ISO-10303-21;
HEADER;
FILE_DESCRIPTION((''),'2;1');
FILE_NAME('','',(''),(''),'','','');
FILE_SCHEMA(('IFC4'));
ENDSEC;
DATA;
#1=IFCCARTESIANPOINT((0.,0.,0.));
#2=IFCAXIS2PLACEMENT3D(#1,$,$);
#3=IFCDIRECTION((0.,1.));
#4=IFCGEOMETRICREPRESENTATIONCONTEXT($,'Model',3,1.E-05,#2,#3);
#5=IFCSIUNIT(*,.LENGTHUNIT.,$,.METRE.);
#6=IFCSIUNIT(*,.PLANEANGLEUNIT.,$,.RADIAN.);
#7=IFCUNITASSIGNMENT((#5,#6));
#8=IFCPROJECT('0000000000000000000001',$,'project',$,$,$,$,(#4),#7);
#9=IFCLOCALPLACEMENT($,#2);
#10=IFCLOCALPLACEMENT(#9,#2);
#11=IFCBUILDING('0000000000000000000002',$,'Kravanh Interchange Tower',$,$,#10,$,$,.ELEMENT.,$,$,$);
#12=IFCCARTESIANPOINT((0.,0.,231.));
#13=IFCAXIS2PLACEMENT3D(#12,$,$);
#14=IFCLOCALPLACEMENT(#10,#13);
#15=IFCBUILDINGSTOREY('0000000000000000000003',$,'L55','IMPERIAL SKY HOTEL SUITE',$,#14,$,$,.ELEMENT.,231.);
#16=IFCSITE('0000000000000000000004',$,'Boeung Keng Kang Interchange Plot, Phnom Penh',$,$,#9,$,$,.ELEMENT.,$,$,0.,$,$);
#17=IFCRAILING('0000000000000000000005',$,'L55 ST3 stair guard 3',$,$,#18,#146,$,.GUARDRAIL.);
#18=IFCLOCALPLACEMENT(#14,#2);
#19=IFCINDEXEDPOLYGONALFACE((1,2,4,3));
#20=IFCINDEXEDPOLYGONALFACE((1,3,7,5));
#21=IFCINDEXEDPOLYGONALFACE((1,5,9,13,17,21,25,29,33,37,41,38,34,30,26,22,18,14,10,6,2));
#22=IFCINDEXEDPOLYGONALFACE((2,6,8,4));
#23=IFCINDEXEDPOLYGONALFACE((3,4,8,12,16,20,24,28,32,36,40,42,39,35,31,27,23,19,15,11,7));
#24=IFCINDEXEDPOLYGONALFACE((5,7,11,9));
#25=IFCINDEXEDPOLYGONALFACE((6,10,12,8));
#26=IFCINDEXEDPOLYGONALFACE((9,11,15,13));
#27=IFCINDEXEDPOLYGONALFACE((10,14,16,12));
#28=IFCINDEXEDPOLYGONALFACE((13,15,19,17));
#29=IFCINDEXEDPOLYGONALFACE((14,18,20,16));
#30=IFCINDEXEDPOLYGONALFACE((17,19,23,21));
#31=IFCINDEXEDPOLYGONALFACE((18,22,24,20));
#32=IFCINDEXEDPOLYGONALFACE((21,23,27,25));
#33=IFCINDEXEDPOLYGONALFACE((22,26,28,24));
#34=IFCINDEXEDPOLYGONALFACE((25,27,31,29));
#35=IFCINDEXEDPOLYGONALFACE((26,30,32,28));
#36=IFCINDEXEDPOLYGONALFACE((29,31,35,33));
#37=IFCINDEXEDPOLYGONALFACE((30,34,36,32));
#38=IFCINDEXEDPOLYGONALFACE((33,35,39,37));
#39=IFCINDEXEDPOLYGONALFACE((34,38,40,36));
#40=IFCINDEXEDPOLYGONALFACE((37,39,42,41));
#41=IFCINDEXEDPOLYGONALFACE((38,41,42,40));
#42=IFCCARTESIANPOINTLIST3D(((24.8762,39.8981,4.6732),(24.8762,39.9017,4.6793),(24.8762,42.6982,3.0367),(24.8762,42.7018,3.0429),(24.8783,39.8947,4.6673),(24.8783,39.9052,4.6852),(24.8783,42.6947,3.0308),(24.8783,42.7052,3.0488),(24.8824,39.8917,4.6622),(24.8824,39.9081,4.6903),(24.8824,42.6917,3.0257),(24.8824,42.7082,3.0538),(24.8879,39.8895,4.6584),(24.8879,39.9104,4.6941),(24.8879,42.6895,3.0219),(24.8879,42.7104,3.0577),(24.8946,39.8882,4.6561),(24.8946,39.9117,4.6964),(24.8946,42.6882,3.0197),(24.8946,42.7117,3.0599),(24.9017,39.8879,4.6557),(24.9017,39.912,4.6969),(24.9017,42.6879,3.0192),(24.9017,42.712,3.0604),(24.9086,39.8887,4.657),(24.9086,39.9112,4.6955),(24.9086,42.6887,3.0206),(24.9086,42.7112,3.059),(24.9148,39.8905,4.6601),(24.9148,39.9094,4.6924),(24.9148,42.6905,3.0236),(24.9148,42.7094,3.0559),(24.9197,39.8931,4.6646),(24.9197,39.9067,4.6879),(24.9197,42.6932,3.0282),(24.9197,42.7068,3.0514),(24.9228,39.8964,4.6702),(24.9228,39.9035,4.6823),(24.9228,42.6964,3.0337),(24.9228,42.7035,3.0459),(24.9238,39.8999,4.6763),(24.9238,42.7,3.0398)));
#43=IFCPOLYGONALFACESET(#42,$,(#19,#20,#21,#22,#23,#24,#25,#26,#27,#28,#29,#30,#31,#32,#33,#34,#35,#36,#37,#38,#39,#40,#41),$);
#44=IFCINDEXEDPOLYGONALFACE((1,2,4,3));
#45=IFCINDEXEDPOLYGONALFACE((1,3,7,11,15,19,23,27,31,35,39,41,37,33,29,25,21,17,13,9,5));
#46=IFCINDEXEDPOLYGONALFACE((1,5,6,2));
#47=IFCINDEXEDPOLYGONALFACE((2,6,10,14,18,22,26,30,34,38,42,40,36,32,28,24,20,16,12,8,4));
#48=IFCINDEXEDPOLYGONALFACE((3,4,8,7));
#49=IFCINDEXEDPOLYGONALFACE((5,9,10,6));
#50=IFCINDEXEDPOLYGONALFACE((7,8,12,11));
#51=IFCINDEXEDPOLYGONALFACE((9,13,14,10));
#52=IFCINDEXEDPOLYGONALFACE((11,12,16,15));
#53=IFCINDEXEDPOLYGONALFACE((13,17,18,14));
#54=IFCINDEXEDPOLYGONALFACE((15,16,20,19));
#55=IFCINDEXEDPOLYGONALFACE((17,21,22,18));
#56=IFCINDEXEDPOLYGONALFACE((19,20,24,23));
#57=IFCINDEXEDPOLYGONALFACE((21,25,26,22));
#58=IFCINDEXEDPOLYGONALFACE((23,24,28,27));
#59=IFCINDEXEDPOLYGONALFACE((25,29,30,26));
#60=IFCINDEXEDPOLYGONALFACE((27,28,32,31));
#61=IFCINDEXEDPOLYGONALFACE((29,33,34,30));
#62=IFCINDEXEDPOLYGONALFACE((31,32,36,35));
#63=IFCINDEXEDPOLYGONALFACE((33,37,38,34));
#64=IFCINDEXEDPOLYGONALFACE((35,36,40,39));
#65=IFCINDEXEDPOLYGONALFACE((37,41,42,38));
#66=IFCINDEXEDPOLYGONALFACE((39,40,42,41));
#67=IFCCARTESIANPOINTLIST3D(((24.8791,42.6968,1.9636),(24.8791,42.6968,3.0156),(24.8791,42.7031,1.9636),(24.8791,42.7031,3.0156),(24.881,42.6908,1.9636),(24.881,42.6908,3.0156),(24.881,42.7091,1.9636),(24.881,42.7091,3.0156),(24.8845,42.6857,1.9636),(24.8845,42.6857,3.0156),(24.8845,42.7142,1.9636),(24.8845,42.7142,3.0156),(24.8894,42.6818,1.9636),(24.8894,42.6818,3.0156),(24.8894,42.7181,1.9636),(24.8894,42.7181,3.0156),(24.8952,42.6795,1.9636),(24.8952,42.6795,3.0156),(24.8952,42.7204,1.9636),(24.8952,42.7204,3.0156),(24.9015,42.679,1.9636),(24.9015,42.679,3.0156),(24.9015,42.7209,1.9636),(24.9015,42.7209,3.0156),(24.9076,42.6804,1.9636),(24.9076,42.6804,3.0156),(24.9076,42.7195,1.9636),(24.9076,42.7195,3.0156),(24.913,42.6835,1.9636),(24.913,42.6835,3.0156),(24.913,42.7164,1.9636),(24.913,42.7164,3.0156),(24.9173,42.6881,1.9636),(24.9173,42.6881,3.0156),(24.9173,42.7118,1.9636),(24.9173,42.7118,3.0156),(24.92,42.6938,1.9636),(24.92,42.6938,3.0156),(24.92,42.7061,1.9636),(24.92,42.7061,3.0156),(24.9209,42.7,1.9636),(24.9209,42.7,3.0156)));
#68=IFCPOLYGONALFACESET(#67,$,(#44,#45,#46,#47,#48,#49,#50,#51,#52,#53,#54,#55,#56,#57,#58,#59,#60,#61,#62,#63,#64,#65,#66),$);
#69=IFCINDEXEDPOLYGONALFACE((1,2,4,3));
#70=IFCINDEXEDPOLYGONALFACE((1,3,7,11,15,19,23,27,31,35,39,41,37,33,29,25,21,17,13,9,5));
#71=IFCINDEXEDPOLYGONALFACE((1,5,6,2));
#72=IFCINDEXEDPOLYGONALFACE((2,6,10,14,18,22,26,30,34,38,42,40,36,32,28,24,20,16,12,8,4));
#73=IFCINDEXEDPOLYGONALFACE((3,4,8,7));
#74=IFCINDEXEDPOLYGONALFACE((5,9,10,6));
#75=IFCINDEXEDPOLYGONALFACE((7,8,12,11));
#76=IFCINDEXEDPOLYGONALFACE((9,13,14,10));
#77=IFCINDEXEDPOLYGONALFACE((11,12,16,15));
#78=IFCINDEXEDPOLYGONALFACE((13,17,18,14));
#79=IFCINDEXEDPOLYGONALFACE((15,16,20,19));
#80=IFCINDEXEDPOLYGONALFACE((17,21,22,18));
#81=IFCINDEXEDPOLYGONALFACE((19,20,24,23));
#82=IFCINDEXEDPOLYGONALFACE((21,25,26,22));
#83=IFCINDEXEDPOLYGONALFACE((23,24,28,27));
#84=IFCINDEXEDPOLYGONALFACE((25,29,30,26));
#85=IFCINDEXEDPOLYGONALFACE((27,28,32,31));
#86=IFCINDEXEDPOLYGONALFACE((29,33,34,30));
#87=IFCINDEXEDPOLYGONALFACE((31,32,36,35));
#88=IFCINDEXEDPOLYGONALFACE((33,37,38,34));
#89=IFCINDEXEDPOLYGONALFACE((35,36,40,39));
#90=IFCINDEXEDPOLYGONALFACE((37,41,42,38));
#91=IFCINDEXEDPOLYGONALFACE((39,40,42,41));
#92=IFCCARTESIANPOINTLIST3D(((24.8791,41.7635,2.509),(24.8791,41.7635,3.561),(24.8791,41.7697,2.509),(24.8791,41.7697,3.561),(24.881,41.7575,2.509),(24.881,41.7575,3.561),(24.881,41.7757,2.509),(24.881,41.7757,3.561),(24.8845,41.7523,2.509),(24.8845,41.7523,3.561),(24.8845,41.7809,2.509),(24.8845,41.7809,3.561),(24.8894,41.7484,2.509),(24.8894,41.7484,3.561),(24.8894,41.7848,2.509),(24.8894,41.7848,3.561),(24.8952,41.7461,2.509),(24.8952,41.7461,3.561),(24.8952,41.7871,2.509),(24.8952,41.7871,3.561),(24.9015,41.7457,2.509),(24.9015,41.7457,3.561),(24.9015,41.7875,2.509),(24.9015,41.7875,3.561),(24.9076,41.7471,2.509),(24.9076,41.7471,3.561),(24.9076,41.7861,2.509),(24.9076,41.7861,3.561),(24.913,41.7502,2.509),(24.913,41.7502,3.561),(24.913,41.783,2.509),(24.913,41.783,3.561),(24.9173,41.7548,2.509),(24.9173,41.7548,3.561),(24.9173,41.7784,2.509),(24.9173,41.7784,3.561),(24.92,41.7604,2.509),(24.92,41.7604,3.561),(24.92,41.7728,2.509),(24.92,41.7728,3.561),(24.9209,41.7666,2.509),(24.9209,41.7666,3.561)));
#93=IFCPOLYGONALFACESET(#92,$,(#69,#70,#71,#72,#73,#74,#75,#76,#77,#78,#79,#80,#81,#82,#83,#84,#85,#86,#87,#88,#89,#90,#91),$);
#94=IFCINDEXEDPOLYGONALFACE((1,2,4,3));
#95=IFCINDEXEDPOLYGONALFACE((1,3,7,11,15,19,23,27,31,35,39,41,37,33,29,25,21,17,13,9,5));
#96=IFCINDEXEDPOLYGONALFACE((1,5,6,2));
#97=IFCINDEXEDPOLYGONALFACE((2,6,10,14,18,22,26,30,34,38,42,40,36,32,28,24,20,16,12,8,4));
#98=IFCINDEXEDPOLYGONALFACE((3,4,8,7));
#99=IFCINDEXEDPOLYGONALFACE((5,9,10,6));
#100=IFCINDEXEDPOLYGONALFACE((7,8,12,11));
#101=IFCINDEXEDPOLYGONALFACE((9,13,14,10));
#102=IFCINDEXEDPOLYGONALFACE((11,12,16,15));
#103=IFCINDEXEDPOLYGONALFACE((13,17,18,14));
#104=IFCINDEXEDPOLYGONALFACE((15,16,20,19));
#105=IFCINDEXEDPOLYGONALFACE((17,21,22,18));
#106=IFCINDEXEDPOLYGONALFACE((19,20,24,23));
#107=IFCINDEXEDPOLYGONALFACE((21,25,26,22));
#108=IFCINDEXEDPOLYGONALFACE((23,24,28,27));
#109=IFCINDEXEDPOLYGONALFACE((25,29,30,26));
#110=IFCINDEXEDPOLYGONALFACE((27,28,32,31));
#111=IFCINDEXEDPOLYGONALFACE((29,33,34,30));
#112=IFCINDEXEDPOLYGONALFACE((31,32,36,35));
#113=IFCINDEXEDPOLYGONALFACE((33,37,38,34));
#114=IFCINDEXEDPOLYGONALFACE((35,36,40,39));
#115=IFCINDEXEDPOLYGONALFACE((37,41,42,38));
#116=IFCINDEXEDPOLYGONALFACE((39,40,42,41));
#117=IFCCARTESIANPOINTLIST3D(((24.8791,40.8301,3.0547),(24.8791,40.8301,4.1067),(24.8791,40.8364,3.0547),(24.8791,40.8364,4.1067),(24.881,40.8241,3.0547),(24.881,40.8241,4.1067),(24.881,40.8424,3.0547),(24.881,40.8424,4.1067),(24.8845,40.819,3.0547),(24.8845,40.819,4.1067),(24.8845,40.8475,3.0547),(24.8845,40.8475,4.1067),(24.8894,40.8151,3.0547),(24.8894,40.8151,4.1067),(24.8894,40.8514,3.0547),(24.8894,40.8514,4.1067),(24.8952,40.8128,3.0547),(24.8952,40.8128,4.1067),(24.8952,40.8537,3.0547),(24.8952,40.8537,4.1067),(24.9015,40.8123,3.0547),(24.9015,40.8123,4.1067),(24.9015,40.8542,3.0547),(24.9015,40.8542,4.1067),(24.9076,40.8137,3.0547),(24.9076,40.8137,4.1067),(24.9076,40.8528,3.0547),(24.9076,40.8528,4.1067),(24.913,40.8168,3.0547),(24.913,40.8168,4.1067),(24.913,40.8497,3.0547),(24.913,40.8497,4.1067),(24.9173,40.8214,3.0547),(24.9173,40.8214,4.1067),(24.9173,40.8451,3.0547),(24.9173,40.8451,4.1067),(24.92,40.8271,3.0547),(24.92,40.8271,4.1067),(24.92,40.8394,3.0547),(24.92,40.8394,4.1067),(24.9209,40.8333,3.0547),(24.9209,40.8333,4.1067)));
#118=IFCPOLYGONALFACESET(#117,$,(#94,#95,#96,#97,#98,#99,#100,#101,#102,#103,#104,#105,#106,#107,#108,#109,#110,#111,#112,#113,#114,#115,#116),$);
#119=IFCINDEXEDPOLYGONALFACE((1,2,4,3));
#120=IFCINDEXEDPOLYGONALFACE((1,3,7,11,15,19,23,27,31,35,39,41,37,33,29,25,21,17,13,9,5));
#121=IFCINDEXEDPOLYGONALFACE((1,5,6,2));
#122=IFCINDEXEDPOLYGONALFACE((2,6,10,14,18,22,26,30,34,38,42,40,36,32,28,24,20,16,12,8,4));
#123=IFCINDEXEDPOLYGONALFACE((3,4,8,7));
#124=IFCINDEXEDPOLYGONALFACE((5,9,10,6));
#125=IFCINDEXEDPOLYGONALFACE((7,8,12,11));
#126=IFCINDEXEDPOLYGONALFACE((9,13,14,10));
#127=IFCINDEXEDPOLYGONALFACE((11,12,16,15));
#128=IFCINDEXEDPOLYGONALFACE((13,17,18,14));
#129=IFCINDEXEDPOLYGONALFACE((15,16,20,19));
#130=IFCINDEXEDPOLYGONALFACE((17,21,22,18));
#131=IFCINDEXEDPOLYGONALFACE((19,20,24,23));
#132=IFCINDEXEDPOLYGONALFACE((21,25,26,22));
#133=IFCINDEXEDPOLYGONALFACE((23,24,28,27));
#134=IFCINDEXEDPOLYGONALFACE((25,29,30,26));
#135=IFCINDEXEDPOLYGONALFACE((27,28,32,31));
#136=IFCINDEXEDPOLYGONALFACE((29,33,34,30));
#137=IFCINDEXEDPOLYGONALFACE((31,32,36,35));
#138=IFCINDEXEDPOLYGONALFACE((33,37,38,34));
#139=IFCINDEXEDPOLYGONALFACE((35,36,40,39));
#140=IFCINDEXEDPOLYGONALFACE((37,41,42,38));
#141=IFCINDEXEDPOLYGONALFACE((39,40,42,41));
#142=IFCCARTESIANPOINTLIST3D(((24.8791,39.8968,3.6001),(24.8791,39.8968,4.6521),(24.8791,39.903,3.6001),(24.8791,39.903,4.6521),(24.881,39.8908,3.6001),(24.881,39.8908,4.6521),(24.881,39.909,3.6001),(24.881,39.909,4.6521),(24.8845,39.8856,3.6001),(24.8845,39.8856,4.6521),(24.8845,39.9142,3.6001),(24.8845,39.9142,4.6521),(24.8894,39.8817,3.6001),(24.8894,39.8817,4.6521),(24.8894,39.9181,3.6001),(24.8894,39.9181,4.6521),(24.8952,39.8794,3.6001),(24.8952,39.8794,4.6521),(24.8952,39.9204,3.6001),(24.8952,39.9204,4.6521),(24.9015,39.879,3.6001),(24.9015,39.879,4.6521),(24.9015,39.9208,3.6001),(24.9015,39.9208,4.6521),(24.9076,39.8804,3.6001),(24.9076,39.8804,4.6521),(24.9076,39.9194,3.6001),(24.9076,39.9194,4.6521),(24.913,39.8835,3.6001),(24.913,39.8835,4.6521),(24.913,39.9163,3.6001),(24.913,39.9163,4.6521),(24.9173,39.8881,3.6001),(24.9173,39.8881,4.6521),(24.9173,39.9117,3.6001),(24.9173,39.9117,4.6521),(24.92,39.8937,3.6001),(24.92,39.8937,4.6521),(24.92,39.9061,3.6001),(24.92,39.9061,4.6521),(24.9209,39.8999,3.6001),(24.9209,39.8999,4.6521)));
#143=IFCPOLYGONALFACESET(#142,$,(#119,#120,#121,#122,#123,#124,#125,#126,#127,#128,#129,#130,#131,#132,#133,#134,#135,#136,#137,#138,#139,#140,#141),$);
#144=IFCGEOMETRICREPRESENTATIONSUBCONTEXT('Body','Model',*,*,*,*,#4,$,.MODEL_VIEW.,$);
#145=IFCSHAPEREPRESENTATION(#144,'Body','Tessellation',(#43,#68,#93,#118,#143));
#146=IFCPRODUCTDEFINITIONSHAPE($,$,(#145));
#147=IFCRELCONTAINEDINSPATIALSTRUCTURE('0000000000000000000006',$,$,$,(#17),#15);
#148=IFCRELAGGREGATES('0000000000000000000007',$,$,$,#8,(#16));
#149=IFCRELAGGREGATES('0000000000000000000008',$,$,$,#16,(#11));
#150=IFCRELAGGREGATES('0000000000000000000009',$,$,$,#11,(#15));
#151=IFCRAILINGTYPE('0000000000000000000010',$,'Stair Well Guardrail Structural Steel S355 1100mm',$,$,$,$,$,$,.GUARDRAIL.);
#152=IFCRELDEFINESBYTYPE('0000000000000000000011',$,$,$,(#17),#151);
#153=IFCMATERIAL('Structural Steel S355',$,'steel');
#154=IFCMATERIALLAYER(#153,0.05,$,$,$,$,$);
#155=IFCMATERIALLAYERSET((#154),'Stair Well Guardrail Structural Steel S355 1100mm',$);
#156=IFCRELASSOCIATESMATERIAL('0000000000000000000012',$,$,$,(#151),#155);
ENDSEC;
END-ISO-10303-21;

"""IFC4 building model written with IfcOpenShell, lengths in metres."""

from ifc_helpers import new_model, si_unit, direction, frame, origin, origin_2d, place, context, subcontext, project, spatial, circle, extrude, material, layer, layer_set, type_object, element, save


model = new_model("IFC4")

# Units and contexts
model_context = context("Model", 3, precision=1e-05, world=origin(), true_north=direction((0.0, 1.0)))
body_context = subcontext(model_context, "Body", "Model", "MODEL_VIEW")
ifc_project = project(units=[si_unit("LENGTHUNIT", "METRE"), si_unit("PLANEANGLEUNIT", "RADIAN")], contexts=[model_context])

# Site, building, storey
site_placement = place(None, origin())
site = spatial("IfcSite", under=ifc_project, at=site_placement, Name="Boeung Keng Kang Interchange Plot, Phnom Penh", CompositionType="ELEMENT", RefElevation=0.0)
building_placement = place(site_placement, origin())
building = spatial("IfcBuilding", under=site, at=building_placement, Name="Kravanh Interchange Tower", CompositionType="ELEMENT")
storey_placement = place(building_placement, frame((0.0, 0.0, 231.0)))
storey = spatial("IfcBuildingStorey", under=building, at=storey_placement, Name="L55", Description="IMPERIAL SKY HOTEL SUITE", CompositionType="ELEMENT", Elevation=231.0)

# Railing
ifc_material_1 = material(Name="Structural Steel S355", Category="steel")
ifc_layer_1 = layer(ifc_material_1, 0.05)
ifc_layer_set_1 = layer_set([ifc_layer_1], Name="Stair Well Guardrail Structural Steel S355 1100mm")
railing_type_1 = type_object("IfcRailingType", Name="Stair Well Guardrail Structural Steel S355 1100mm", PredefinedType="GUARDRAIL", material=ifc_layer_set_1)
railing_1_placement = place(storey_placement, frame((24.8999, 42.7, 1.9636)))
element("IfcRailing", 1, at=railing_1_placement, inside=storey, type_object=railing_type_1, Name="L55 ST3 stair guard 3", PredefinedType="GUARDRAIL", context=body_context, shape_type="SweptSolid", body=[
    extrude(circle(Radius=0.0239, at=origin_2d()), frame((0.0, 0.0, 1.0762), z_axis=(0.0, -0.863361, 0.504587), x_axis=(1.0, 0.0, 0.0)), (0.0, 0.0, 1.0), 3.2432),
    extrude(circle(Radius=0.021, at=origin_2d()), origin(), (0.0, 0.0, 1.0), 1.052),
    extrude(circle(Radius=0.021, at=origin_2d()), frame((0.0, -0.9333, 0.5454)), (0.0, 0.0, 1.0), 1.052),
    extrude(circle(Radius=0.021, at=origin_2d()), frame((0.0, -1.8667, 1.0911)), (0.0, 0.0, 1.0), 1.052),
    extrude(circle(Radius=0.021, at=origin_2d()), frame((0.0, -2.8, 1.6365)), (0.0, 0.0, 1.0), 1.052),
])

save(model, "model.ifc")
